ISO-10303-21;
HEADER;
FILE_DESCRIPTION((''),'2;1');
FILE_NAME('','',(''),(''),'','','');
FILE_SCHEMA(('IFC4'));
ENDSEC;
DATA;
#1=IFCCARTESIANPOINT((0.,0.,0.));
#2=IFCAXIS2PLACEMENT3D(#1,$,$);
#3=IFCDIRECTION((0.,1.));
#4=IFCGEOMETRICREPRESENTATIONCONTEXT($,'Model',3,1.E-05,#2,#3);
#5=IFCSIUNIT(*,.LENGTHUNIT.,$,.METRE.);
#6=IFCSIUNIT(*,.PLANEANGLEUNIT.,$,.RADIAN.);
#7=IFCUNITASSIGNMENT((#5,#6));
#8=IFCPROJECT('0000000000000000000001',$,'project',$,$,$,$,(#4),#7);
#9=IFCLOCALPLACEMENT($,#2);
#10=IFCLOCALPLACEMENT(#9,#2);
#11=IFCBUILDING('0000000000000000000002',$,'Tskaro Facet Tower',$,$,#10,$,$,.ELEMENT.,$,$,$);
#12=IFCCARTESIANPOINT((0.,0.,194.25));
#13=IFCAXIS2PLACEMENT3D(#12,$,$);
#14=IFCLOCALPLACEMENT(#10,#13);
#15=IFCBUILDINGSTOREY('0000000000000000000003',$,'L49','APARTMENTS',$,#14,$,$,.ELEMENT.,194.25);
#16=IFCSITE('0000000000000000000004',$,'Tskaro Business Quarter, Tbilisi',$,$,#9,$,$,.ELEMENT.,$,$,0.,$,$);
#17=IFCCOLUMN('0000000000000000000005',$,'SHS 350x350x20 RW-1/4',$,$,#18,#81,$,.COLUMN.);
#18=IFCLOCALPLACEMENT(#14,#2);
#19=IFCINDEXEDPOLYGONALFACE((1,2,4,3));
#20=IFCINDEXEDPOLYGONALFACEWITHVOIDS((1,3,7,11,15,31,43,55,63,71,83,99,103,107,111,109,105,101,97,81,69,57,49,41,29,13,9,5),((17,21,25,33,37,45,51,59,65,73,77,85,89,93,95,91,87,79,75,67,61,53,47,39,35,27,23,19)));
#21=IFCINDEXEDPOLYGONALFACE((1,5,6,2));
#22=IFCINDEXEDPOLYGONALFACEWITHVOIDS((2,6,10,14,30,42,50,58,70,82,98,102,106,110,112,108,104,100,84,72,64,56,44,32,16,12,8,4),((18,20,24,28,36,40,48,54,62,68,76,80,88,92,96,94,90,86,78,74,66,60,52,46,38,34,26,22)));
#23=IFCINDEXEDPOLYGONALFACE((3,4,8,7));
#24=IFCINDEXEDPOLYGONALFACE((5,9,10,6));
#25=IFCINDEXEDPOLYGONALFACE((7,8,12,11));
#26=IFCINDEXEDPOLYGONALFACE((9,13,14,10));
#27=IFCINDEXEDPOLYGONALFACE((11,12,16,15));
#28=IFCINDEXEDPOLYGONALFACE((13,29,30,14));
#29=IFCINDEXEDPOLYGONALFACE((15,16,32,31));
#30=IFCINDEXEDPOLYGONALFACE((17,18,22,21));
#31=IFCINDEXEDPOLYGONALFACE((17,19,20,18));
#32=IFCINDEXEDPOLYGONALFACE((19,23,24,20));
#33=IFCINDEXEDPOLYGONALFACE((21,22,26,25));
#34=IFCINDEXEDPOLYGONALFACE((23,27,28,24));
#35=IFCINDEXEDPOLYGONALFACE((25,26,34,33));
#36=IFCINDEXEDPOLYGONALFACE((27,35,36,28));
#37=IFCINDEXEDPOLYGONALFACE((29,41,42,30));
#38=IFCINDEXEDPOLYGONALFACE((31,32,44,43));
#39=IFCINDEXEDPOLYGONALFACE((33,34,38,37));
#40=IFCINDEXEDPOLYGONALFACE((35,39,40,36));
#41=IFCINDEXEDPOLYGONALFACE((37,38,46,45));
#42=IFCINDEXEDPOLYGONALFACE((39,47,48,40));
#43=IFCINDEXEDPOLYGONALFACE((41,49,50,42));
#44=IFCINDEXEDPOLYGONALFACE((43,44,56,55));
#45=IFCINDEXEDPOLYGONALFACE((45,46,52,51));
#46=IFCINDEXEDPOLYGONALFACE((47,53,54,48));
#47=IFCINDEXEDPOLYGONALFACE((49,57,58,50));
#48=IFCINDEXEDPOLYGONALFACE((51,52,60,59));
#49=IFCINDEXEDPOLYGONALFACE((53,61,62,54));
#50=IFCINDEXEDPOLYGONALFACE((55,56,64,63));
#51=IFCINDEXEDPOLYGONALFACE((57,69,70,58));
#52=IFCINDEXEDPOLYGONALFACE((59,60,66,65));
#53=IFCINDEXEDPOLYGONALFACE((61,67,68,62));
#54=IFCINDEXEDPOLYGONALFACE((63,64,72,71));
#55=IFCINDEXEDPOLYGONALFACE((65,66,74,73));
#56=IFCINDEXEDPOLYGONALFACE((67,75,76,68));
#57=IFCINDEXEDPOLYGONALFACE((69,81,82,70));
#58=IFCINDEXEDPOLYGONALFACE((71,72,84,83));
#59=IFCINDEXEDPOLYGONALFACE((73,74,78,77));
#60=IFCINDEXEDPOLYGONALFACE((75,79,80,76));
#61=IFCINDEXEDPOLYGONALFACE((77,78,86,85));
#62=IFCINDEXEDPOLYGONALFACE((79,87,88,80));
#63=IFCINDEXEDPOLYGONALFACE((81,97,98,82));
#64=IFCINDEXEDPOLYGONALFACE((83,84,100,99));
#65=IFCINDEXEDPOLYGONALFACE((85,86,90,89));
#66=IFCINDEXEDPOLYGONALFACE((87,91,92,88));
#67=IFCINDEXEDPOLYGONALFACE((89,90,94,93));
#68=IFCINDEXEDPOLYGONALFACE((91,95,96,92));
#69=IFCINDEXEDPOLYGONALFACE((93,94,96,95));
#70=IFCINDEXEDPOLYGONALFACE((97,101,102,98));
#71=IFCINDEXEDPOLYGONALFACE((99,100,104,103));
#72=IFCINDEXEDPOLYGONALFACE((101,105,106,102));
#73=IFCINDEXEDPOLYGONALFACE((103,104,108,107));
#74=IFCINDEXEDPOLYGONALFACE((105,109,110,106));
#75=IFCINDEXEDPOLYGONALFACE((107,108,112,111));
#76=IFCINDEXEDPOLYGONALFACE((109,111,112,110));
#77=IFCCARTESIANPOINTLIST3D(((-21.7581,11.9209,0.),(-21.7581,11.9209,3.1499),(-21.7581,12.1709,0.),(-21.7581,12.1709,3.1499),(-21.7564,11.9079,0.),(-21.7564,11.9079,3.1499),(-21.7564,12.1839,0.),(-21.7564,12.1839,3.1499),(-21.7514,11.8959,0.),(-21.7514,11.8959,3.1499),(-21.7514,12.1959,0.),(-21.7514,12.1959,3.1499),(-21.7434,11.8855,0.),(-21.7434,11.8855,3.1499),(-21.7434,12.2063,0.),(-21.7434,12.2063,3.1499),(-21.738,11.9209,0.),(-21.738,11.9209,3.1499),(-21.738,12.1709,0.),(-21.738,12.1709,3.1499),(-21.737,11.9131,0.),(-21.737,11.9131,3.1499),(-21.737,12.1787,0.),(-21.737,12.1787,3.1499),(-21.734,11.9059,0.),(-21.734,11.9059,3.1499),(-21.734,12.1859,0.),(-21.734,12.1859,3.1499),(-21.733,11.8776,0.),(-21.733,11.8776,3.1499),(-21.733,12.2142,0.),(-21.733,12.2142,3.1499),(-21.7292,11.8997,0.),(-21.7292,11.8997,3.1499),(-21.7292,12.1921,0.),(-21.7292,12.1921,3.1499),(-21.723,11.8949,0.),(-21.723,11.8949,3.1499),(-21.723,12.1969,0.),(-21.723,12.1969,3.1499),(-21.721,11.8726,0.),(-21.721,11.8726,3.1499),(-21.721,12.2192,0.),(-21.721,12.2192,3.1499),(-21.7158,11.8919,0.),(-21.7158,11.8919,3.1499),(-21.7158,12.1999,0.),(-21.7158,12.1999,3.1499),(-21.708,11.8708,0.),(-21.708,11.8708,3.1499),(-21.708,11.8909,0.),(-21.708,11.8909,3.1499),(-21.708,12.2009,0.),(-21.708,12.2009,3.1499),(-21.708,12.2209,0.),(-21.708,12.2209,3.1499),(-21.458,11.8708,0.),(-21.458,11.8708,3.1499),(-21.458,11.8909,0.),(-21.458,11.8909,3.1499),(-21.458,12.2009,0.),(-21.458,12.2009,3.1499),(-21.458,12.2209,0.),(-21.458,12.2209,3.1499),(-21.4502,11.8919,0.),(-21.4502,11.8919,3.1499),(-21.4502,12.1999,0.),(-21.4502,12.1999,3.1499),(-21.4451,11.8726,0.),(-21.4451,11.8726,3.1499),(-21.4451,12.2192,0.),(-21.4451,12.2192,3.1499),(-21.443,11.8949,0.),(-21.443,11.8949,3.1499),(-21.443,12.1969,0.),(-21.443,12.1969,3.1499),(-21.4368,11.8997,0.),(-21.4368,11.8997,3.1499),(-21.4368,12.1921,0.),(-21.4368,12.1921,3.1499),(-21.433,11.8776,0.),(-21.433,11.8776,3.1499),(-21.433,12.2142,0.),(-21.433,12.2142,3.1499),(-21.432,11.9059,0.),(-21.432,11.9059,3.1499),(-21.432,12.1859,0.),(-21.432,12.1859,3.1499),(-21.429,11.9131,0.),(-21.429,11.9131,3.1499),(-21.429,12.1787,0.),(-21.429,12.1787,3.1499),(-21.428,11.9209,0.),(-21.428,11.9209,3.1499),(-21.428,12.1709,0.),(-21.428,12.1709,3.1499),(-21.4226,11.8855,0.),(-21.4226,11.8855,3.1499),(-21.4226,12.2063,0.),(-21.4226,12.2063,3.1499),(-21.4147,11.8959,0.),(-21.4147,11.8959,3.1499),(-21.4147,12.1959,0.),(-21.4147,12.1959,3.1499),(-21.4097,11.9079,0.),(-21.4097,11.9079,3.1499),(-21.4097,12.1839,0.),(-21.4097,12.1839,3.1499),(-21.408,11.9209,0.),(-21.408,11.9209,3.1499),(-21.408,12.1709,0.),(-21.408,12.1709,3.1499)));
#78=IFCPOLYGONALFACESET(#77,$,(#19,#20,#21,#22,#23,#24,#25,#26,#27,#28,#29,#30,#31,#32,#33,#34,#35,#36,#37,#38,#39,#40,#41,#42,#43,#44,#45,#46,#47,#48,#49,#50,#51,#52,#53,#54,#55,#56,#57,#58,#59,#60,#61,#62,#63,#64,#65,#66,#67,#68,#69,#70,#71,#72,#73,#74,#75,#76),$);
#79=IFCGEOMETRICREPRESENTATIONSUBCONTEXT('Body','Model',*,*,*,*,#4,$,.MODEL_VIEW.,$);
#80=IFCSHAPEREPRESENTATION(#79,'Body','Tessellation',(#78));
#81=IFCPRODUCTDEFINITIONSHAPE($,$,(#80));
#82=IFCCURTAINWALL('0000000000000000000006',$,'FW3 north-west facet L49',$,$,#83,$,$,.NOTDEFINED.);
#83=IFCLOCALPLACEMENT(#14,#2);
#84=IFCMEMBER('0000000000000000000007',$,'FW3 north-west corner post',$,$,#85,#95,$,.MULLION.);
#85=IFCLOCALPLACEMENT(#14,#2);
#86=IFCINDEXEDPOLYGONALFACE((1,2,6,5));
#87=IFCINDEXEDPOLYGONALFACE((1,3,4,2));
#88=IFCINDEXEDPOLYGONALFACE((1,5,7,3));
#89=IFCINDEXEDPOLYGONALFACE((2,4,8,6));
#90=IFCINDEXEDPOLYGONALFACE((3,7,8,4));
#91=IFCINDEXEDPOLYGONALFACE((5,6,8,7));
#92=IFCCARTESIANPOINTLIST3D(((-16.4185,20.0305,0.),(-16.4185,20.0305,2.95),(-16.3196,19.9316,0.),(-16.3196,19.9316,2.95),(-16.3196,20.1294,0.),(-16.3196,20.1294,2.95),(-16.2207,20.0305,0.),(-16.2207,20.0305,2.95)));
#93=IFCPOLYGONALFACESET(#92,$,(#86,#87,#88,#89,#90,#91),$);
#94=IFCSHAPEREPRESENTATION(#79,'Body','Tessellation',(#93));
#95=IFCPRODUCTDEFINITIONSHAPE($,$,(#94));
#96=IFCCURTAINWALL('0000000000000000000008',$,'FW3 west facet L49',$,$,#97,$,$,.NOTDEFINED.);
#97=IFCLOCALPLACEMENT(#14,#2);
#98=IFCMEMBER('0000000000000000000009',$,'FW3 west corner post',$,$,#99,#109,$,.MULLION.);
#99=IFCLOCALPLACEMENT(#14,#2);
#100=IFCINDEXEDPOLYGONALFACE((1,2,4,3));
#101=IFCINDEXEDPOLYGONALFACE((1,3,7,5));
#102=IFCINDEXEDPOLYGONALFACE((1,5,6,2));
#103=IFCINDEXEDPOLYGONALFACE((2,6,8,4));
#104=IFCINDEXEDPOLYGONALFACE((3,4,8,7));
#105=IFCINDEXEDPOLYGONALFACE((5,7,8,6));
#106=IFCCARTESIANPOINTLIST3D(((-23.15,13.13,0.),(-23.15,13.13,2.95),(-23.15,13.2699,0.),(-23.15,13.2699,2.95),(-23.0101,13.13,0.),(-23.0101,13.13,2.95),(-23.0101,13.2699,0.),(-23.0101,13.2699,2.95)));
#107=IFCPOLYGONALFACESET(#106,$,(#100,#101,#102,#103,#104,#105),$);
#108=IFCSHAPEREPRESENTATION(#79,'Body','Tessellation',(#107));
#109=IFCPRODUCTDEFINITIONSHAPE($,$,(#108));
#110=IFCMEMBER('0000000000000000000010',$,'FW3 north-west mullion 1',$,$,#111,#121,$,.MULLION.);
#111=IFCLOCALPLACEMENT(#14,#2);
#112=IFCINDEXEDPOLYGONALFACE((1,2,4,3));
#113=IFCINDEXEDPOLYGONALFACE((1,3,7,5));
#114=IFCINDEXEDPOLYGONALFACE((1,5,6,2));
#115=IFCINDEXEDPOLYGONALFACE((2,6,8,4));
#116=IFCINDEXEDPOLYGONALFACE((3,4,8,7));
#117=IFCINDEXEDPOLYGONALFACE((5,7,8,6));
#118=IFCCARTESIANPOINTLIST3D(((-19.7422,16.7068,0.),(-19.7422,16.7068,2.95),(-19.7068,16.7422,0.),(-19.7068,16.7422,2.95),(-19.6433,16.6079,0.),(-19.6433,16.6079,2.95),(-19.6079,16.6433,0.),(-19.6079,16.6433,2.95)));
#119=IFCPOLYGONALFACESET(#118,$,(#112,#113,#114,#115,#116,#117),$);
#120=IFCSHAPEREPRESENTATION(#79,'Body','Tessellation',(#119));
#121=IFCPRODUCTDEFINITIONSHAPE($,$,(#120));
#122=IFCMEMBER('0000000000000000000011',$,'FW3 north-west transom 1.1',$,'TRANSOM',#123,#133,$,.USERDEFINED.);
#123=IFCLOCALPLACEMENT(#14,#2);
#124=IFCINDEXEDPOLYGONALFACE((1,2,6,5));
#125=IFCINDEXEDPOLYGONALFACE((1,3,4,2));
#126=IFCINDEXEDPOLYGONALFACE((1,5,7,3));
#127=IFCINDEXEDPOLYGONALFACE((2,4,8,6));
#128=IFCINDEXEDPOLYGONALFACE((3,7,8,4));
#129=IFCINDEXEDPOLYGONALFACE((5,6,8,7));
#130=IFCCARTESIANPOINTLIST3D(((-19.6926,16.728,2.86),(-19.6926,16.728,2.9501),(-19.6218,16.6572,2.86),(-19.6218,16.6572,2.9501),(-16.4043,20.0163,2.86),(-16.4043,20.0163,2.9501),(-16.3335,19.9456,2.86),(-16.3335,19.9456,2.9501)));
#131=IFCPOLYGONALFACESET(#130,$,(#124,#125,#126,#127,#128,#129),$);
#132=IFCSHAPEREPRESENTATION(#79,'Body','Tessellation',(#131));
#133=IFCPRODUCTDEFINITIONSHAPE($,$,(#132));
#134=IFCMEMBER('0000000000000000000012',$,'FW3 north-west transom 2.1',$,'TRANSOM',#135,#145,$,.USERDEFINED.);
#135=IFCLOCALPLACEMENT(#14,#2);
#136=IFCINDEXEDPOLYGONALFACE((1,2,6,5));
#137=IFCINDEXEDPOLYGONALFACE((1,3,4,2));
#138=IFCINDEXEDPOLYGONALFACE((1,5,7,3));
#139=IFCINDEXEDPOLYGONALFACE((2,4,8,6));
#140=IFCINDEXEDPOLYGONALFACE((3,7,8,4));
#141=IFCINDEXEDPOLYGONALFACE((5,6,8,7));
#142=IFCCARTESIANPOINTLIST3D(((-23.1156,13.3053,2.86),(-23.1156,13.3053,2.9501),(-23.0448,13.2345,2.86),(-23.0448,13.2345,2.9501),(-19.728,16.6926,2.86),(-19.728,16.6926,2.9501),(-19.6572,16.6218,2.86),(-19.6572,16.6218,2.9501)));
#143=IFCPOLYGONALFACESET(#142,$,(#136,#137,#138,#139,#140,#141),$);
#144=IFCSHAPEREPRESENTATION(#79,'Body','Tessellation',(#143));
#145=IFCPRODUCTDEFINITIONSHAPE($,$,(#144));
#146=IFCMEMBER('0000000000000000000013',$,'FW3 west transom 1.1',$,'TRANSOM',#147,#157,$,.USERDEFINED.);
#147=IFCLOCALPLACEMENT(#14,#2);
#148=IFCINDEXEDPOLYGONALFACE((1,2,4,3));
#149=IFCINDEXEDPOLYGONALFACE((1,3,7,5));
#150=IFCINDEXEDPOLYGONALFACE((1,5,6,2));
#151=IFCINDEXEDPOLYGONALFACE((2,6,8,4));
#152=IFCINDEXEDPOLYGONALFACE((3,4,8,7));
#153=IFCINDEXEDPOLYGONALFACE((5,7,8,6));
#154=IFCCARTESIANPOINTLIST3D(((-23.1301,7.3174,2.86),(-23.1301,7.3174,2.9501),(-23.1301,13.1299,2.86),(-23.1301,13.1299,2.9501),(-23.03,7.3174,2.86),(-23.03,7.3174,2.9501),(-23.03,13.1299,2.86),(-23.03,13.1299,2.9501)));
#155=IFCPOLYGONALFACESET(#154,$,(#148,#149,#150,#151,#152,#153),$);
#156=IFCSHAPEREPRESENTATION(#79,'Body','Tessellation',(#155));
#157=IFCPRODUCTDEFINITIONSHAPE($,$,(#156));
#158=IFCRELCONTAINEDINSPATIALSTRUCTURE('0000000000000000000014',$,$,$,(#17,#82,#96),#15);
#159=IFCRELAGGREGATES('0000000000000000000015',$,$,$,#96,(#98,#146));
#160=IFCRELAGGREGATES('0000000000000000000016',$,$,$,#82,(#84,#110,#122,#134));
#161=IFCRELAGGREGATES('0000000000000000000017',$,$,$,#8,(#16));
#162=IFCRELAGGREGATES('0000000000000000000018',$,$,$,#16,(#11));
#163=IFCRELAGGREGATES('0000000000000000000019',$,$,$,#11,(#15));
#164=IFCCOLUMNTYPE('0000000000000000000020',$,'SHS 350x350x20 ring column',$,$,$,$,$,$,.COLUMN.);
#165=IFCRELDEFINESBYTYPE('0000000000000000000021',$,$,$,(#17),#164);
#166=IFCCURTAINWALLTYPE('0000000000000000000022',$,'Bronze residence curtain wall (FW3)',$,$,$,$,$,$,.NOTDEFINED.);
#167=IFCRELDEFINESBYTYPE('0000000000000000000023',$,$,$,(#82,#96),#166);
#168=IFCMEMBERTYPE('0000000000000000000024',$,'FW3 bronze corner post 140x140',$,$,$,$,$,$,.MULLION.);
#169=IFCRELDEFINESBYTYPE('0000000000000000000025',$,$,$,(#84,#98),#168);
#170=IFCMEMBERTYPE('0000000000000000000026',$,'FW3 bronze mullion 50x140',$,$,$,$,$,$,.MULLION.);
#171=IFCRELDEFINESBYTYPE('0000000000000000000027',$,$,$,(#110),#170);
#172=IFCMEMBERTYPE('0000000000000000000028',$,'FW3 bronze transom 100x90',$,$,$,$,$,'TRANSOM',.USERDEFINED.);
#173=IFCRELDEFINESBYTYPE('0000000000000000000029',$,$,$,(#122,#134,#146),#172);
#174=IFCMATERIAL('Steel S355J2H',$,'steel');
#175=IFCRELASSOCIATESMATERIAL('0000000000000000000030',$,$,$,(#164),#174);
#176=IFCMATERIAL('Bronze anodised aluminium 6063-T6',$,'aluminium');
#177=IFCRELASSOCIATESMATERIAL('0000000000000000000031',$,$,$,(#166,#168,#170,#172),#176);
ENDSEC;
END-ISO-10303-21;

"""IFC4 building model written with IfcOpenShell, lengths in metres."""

from ifc_helpers import new_model, si_unit, direction, frame, origin, origin_2d, place, context, subcontext, project, spatial, rectangle, hollow_rectangle, extrude, material, material_profile, profile_set, type_object, element, aggregate, save


model = new_model("IFC4")

# Units and contexts
model_context = context("Model", 3, precision=1e-05, world=origin(), true_north=direction((0.0, 1.0)))
body_context = subcontext(model_context, "Body", "Model", "MODEL_VIEW")
ifc_project = project(units=[si_unit("LENGTHUNIT", "METRE"), si_unit("PLANEANGLEUNIT", "RADIAN")], contexts=[model_context])

# Site, building, storey
site_placement = place(None, origin())
site = spatial("IfcSite", under=ifc_project, at=site_placement, Name="Tskaro Business Quarter, Tbilisi", CompositionType="ELEMENT", RefElevation=0.0)
building_placement = place(site_placement, origin())
building = spatial("IfcBuilding", under=site, at=building_placement, Name="Tskaro Facet Tower", CompositionType="ELEMENT")
storey_placement = place(building_placement, frame((0.0, 0.0, 194.25)))
storey = spatial("IfcBuildingStorey", under=building, at=storey_placement, Name="L49", Description="APARTMENTS", CompositionType="ELEMENT", Elevation=194.25)

# Column
ifc_material_1 = material(Name="Steel S355J2H", Category="steel")
ifc_material_profile_1 = material_profile(ifc_material_1, hollow_rectangle(XDim=0.3501, YDim=0.3501, WallThickness=0.02, InnerFilletRadius=0.03, OuterFilletRadius=0.05, at=origin_2d()), Name="SHS 350x350x20")
ifc_profile_set_1 = profile_set([ifc_material_profile_1], Name="Steel S355J2H")
column_type_1 = type_object("IfcColumnType", Name="SHS 350x350x20 ring column", PredefinedType="COLUMN", material=ifc_profile_set_1)
for number, where, z_axis, x_axis, name in (
    (1, (-21.583, 12.0459, 0.0), (0.0, 0.0, 1.0), (1.0, 0.0, 0.0), "SHS 350x350x20 RW-1/4"),
):
    element("IfcColumn", number, at=place(storey_placement, frame(where, z_axis=z_axis, x_axis=x_axis)), inside=storey, type_object=column_type_1, Name=name, PredefinedType="COLUMN", context=body_context, shape_type="SweptSolid", body=[
        extrude(hollow_rectangle(XDim=0.3501, YDim=0.3501, WallThickness=0.02, InnerFilletRadius=0.03, OuterFilletRadius=0.05, at=origin_2d()), origin(), (0.0, 0.0, 1.0), 3.1499),
    ])

# Curtain walls, members
ifc_material_2 = material(Name="Bronze anodised aluminium 6063-T6", Category="aluminium")
curtain_wall_type = type_object("IfcCurtainWallType", Name="Bronze residence curtain wall (FW3)", PredefinedType="NOTDEFINED", material=ifc_material_2)
curtain_wall_1_placement = place(storey_placement, origin())
curtain_wall_1 = element("IfcCurtainWall", 2, at=curtain_wall_1_placement, inside=storey, type_object=curtain_wall_type, Name="FW3 north-west facet L49", PredefinedType="NOTDEFINED")
ifc_material_profile_2 = material_profile(ifc_material_2, rectangle(XDim=0.1399, YDim=0.1399, at=origin_2d()), Name="Corner post 140x140")
ifc_profile_set_2 = profile_set([ifc_material_profile_2], Name="Bronze anodised aluminium 6063-T6")
member_type_1 = type_object("IfcMemberType", Name="FW3 bronze corner post 140x140", PredefinedType="MULLION", material=ifc_profile_set_2)
member_1_placement = place(storey_placement, frame((-16.3196, 20.0305, 0.0), z_axis=(0.0, 0.0, 1.0), x_axis=(-0.707107, -0.707107, 0.0)))
member_1 = element("IfcMember", 3, at=member_1_placement, type_object=member_type_1, Name="FW3 north-west corner post", PredefinedType="MULLION", context=body_context, shape_type="SweptSolid", body=[
    extrude(rectangle(XDim=0.1399, YDim=0.1399, at=origin_2d()), origin(), (0.0, 0.0, 1.0), 2.95),
])
curtain_wall_2_placement = place(storey_placement, origin())
curtain_wall_2 = element("IfcCurtainWall", 4, at=curtain_wall_2_placement, inside=storey, type_object=curtain_wall_type, Name="FW3 west facet L49", PredefinedType="NOTDEFINED")
member_2_placement = place(storey_placement, frame((-23.0801, 13.2, 0.0), z_axis=(0.0, 0.0, 1.0), x_axis=(0.0, -1.0, 0.0)))
member_2 = element("IfcMember", 5, at=member_2_placement, type_object=member_type_1, Name="FW3 west corner post", PredefinedType="MULLION", context=body_context, shape_type="SweptSolid", body=[
    extrude(rectangle(XDim=0.1399, YDim=0.1399, at=origin_2d()), origin(), (0.0, 0.0, 1.0), 2.95),
])

# Members
ifc_material_profile_3 = material_profile(ifc_material_2, rectangle(XDim=0.05, YDim=0.1399, at=origin_2d()), Name="Mullion 50x140")
ifc_profile_set_3 = profile_set([ifc_material_profile_3], Name="Bronze anodised aluminium 6063-T6")
member_type_2 = type_object("IfcMemberType", Name="FW3 bronze mullion 50x140", PredefinedType="MULLION", material=ifc_profile_set_3)
member_3_placement = place(storey_placement, frame((-19.675, 16.675, 0.0), z_axis=(0.0, 0.0, 1.0), x_axis=(-0.707107, -0.707107, 0.0)))
member_3 = element("IfcMember", 6, at=member_3_placement, type_object=member_type_2, Name="FW3 north-west mullion 1", PredefinedType="MULLION", context=body_context, shape_type="SweptSolid", body=[
    extrude(rectangle(XDim=0.05, YDim=0.1399, at=origin_2d()), origin(), (0.0, 0.0, 1.0), 2.95),
])
ifc_material_profile_4 = material_profile(ifc_material_2, rectangle(XDim=0.1001, YDim=0.0901, at=origin_2d()), Name="Transom 100x90")
ifc_profile_set_4 = profile_set([ifc_material_profile_4], Name="Bronze anodised aluminium 6063-T6")
member_type_3 = type_object("IfcMemberType", Name="FW3 bronze transom 100x90", ElementType="TRANSOM", PredefinedType="USERDEFINED", material=ifc_profile_set_4)
member_4_placement = place(storey_placement, frame((-16.3689, 19.981, 2.905), z_axis=(-0.707107, -0.707107, 0.0), x_axis=(0.707107, -0.707107, 0.0)))
member_4 = element("IfcMember", 7, at=member_4_placement, type_object=member_type_3, Name="FW3 north-west transom 1.1", ObjectType="TRANSOM", PredefinedType="USERDEFINED", context=body_context, shape_type="SweptSolid", body=[
    extrude(rectangle(XDim=0.1001, YDim=0.0901, at=origin_2d()), origin(), (0.0, 0.0, 1.0), 4.6504),
])
member_5_placement = place(storey_placement, frame((-19.6926, 16.6572, 2.905), z_axis=(-0.707132, -0.707081, 0.0), x_axis=(0.707081, -0.707132, 0.0)))
member_5 = element("IfcMember", 8, at=member_5_placement, type_object=member_type_3, Name="FW3 north-west transom 2.1", ObjectType="TRANSOM", PredefinedType="USERDEFINED", context=body_context, shape_type="SweptSolid", body=[
    extrude(rectangle(XDim=0.1001, YDim=0.0901, at=origin_2d()), origin(), (0.0, 0.0, 1.0), 4.7905),
])
member_6_placement = place(storey_placement, frame((-23.0801, 13.1299, 2.905), z_axis=(0.0, -1.0, 0.0), x_axis=(1.0, 0.0, 0.0)))
member_6 = element("IfcMember", 9, at=member_6_placement, type_object=member_type_3, Name="FW3 west transom 1.1", ObjectType="TRANSOM", PredefinedType="USERDEFINED", context=body_context, shape_type="SweptSolid", body=[
    extrude(rectangle(XDim=0.1001, YDim=0.0901, at=origin_2d()), origin(), (0.0, 0.0, 1.0), 5.8125),
])
aggregate(curtain_wall_2, [member_2, member_6])

aggregate(curtain_wall_1, [member_1, member_3, member_4, member_5])

save(model, "model.ifc")
